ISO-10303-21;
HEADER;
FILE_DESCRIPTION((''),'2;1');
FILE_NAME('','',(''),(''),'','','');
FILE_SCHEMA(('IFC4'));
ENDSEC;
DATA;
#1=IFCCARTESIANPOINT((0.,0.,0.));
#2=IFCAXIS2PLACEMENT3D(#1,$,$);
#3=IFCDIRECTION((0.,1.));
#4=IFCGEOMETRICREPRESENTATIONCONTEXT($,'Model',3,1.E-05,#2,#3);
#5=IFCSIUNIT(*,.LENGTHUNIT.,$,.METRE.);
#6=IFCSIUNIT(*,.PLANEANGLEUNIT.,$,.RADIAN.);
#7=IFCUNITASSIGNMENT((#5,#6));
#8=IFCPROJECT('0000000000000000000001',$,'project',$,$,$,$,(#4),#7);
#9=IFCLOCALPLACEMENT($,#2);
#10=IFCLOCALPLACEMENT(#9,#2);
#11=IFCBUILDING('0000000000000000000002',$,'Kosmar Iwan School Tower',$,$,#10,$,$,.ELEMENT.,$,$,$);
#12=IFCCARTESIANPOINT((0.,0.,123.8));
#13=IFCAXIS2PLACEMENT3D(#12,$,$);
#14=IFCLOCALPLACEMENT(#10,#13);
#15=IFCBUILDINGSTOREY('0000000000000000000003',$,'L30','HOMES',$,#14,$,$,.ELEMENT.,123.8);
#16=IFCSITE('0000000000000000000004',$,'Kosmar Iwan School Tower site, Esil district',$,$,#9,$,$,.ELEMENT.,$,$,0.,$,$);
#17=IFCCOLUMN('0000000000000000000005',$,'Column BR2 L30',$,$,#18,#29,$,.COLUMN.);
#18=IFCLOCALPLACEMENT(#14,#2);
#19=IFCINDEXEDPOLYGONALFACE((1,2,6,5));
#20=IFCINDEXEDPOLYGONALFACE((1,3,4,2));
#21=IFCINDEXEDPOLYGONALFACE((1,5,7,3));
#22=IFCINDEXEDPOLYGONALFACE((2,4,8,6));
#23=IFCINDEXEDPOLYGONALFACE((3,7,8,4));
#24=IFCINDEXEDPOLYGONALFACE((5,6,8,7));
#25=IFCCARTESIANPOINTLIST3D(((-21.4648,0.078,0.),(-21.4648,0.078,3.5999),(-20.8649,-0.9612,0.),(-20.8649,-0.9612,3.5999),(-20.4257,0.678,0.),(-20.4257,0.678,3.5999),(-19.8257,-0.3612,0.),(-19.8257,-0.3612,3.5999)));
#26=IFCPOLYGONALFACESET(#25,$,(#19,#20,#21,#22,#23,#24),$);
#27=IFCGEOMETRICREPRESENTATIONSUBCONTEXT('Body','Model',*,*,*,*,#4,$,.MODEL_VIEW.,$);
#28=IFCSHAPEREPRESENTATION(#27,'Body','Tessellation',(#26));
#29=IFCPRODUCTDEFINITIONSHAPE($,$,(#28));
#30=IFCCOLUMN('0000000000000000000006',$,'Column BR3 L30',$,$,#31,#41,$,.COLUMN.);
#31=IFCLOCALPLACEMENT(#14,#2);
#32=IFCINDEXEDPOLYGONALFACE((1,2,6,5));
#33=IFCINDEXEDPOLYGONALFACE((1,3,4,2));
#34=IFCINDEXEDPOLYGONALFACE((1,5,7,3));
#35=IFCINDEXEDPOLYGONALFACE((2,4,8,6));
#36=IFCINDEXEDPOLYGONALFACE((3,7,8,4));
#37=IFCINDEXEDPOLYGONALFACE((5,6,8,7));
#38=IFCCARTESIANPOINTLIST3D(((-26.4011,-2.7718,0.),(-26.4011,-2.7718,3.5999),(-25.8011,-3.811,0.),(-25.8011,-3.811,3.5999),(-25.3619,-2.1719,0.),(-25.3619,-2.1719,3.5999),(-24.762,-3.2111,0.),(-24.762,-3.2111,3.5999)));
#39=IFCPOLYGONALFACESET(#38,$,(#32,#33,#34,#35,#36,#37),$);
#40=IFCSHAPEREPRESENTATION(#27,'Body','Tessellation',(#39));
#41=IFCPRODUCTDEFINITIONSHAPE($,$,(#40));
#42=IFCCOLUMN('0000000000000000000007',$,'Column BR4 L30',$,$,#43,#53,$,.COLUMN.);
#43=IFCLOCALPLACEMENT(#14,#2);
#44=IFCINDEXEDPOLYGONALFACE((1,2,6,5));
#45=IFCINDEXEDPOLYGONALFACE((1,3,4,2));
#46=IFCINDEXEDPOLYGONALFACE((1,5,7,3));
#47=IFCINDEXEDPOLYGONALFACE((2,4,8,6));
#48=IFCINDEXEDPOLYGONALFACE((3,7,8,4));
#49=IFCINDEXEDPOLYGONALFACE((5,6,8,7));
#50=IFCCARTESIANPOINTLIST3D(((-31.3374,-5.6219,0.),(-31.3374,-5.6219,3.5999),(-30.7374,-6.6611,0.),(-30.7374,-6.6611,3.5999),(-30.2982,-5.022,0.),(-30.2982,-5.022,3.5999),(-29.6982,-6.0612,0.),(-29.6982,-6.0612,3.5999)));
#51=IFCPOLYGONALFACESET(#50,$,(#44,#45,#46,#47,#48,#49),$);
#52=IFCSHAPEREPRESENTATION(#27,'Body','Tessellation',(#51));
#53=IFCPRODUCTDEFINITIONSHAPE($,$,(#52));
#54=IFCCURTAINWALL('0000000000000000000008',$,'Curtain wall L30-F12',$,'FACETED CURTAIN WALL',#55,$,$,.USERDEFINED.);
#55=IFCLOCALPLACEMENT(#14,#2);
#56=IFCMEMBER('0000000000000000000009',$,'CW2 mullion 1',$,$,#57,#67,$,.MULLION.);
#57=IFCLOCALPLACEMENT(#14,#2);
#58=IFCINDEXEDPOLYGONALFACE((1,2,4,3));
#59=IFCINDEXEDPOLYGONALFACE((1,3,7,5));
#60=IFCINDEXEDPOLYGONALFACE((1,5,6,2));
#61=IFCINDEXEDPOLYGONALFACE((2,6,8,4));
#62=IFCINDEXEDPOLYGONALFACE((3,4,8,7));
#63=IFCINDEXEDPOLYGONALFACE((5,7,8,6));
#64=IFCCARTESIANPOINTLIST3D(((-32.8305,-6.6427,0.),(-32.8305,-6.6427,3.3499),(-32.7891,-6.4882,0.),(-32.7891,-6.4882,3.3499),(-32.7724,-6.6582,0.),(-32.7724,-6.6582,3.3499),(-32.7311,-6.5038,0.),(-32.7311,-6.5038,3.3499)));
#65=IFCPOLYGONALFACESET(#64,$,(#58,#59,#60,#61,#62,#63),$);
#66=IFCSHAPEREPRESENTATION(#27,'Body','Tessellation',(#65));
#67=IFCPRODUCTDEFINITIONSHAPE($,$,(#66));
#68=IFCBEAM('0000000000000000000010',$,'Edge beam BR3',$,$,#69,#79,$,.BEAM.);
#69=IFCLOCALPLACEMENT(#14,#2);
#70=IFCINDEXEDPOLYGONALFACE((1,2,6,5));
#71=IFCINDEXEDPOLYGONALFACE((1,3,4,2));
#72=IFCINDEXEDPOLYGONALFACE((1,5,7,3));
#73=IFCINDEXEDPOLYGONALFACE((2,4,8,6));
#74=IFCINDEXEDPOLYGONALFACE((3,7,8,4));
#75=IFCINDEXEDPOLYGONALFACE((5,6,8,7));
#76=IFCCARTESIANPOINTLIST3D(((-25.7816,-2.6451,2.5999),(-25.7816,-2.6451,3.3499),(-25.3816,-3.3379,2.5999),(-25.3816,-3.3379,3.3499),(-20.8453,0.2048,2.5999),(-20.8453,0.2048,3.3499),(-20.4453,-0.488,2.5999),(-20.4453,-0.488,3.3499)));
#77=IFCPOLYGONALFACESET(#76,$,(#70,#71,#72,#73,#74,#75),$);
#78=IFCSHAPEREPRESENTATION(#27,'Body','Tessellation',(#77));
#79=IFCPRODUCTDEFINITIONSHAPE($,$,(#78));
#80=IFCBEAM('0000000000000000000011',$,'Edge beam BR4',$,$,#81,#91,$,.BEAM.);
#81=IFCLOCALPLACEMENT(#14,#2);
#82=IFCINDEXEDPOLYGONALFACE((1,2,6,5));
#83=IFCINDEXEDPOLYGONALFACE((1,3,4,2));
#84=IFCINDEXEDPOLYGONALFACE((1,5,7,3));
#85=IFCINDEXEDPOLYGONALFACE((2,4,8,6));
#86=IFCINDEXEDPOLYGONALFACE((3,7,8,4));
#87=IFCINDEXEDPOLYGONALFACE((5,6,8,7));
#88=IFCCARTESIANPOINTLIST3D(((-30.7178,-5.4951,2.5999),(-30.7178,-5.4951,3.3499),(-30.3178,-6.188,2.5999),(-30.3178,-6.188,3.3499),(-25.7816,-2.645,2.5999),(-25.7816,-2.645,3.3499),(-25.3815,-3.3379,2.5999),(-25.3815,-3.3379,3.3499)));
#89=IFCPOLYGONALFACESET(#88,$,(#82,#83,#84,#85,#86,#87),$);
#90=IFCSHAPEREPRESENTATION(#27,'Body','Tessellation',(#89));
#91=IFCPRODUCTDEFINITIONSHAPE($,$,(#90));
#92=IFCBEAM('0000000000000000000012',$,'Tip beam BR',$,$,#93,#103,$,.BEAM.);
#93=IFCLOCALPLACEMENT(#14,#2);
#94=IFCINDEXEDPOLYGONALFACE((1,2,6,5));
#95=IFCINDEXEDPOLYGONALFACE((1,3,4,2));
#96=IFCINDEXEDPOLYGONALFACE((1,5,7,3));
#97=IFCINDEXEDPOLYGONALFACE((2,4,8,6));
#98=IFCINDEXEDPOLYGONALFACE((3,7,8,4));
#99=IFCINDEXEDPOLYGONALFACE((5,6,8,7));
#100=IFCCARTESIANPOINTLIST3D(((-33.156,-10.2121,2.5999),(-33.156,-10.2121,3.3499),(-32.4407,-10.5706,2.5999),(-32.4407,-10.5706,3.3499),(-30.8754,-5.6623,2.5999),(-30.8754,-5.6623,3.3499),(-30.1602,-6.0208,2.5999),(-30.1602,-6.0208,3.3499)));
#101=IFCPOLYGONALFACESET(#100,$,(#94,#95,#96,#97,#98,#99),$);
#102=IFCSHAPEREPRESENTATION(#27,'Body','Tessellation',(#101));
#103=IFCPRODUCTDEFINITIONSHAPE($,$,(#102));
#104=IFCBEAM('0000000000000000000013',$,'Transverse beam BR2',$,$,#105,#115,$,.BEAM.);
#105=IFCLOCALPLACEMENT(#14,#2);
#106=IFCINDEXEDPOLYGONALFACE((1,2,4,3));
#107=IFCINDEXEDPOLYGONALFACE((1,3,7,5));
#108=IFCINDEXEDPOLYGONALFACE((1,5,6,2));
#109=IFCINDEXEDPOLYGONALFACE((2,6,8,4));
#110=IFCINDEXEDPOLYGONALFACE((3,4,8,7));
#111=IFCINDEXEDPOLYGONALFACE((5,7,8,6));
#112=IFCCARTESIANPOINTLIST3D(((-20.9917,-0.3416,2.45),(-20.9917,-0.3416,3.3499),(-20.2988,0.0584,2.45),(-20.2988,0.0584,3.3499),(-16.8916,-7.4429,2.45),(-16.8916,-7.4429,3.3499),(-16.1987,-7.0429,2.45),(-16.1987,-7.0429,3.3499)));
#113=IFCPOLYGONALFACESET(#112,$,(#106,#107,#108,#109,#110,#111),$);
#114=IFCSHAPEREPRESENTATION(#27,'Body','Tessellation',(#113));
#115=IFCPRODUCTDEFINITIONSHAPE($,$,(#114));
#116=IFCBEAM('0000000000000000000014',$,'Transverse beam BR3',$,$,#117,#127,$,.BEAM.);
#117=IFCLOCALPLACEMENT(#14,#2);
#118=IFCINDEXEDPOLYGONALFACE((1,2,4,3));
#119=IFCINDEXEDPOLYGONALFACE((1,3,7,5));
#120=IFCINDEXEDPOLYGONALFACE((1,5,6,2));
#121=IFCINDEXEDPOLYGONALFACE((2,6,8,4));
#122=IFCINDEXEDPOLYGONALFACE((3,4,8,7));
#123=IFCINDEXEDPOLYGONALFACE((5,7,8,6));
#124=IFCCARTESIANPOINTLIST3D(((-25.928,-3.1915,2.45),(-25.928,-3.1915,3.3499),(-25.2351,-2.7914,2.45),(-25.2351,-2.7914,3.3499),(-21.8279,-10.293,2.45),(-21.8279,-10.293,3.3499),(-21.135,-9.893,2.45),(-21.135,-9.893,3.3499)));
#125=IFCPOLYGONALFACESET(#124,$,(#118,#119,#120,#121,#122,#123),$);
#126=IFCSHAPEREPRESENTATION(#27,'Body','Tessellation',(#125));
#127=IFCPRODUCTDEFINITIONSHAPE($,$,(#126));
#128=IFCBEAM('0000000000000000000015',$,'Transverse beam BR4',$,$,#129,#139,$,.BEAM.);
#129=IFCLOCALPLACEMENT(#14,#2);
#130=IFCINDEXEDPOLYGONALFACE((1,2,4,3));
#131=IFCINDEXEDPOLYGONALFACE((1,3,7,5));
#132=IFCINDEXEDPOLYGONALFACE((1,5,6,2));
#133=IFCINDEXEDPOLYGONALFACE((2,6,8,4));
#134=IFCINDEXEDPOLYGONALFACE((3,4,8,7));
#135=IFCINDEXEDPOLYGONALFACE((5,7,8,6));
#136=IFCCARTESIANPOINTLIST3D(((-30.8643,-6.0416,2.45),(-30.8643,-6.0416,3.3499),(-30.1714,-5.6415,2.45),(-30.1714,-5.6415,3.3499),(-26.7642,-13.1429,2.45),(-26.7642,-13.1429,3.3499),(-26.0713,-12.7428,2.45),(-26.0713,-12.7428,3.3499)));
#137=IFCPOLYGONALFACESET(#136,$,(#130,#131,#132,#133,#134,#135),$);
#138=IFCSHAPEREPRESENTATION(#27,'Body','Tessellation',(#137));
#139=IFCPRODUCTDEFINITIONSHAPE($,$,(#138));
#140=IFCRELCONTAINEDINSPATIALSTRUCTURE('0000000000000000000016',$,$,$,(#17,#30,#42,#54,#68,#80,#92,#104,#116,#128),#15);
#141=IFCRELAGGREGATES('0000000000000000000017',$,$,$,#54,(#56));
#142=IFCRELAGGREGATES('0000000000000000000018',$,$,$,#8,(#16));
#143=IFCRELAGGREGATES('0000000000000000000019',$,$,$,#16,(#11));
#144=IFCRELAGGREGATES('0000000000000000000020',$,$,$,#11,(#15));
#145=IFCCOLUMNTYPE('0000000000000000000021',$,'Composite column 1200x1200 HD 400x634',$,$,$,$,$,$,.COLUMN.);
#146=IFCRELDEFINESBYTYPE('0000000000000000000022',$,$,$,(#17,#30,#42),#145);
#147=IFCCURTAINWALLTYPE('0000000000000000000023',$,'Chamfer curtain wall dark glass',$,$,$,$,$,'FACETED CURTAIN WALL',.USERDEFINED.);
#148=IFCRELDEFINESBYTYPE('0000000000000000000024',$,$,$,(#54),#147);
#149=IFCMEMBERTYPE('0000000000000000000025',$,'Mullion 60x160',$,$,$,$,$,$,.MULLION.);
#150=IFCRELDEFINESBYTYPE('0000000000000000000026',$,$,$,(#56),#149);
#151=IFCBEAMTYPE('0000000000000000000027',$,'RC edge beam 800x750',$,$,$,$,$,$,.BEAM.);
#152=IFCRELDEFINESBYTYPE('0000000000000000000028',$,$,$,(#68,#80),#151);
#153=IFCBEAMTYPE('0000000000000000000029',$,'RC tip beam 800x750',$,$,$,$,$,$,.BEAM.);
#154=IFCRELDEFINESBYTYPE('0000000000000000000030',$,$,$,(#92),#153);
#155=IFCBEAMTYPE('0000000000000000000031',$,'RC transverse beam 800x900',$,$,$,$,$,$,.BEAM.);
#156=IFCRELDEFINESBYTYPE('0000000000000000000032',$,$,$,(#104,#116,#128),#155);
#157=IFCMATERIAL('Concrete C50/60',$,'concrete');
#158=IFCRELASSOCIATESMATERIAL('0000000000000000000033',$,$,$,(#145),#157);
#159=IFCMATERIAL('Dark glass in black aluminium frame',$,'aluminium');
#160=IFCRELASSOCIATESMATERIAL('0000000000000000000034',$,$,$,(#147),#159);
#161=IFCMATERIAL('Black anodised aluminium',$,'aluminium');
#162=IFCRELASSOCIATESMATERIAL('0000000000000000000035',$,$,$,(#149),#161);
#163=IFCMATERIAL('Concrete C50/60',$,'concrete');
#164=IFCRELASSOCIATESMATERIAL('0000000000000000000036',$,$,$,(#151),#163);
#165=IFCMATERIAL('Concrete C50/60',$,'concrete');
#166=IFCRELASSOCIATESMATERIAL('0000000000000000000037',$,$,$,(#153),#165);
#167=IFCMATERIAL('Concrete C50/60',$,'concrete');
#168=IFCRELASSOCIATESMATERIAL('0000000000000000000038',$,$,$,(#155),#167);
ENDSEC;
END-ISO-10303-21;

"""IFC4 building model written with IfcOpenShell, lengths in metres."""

from ifc_helpers import new_model, si_unit, direction, frame, origin, origin_2d, place, context, subcontext, project, spatial, rectangle, extrude, material, material_profile, profile_set, type_object, element, aggregate, save


model = new_model("IFC4")

# Units and contexts
model_context = context("Model", 3, precision=1e-05, world=origin(), true_north=direction((0.0, 1.0)))
body_context = subcontext(model_context, "Body", "Model", "MODEL_VIEW")
ifc_project = project(units=[si_unit("LENGTHUNIT", "METRE"), si_unit("PLANEANGLEUNIT", "RADIAN")], contexts=[model_context])

# Site, building, storey
site_placement = place(None, origin())
site = spatial("IfcSite", under=ifc_project, at=site_placement, Name="Kosmar Iwan School Tower site, Esil district", CompositionType="ELEMENT", RefElevation=0.0)
building_placement = place(site_placement, origin())
building = spatial("IfcBuilding", under=site, at=building_placement, Name="Kosmar Iwan School Tower", CompositionType="ELEMENT")
storey_placement = place(building_placement, frame((0.0, 0.0, 123.8)))
storey = spatial("IfcBuildingStorey", under=building, at=storey_placement, Name="L30", Description="HOMES", CompositionType="ELEMENT", Elevation=123.8)

# Columns
ifc_material_1 = material(Name="Concrete C50/60", Category="concrete")
ifc_material_profile_1 = material_profile(ifc_material_1, rectangle(XDim=1.2, YDim=1.2, at=origin_2d()), Name="RC 1200x1200 + HD 400x634")
ifc_profile_set_1 = profile_set([ifc_material_profile_1], Name="Concrete C50/60")
column_type = type_object("IfcColumnType", Name="Composite column 1200x1200 HD 400x634", PredefinedType="COLUMN", material=ifc_profile_set_1)
for number, where, z_axis, x_axis, name in (
    (1, (-20.6453, -0.1416, 0.0), (0.0, 0.0, 1.0), (-0.866025, -0.5, 0.0), "Column BR2 L30"),
    (2, (-25.5815, -2.9915, 0.0), (0.0, 0.0, 1.0), (-0.866025, -0.5, 0.0), "Column BR3 L30"),
    (3, (-30.5178, -5.8416, 0.0), (0.0, 0.0, 1.0), (-0.866025, -0.5, 0.0), "Column BR4 L30"),
):
    element("IfcColumn", number, at=place(storey_placement, frame(where, z_axis=z_axis, x_axis=x_axis)), inside=storey, type_object=column_type, Name=name, PredefinedType="COLUMN", context=body_context, shape_type="SweptSolid", body=[
        extrude(rectangle(XDim=1.2, YDim=1.2, at=origin_2d()), origin(), (0.0, 0.0, 1.0), 3.5999),
    ])

# Curtain wall, member
ifc_material_2 = material(Name="Dark glass in black aluminium frame", Category="aluminium")
curtain_wall_type = type_object("IfcCurtainWallType", Name="Chamfer curtain wall dark glass", ElementType="FACETED CURTAIN WALL", PredefinedType="USERDEFINED", material=ifc_material_2)
curtain_wall_placement = place(storey_placement, origin())
curtain_wall = element("IfcCurtainWall", 4, at=curtain_wall_placement, inside=storey, type_object=curtain_wall_type, Name="Curtain wall L30-F12", ObjectType="FACETED CURTAIN WALL", PredefinedType="USERDEFINED")
ifc_material_3 = material(Name="Black anodised aluminium", Category="aluminium")
ifc_material_profile_2 = material_profile(ifc_material_3, rectangle(XDim=0.0601, YDim=0.1599, at=origin_2d()), Name="MULLION 60x160")
ifc_profile_set_2 = profile_set([ifc_material_profile_2], Name="Black anodised aluminium")
member_type = type_object("IfcMemberType", Name="Mullion 60x160", PredefinedType="MULLION", material=ifc_profile_set_2)
member_placement = place(storey_placement, frame((-32.7808, -6.5732, 0.0), z_axis=(0.0, 0.0, 1.0), x_axis=(0.965926, -0.258819, 0.0)))
member = element("IfcMember", 5, at=member_placement, type_object=member_type, Name="CW2 mullion 1", PredefinedType="MULLION", context=body_context, shape_type="SweptSolid", body=[
    extrude(rectangle(XDim=0.0601, YDim=0.1599, at=origin_2d()), origin(), (0.0, 0.0, 1.0), 3.3499),
])
aggregate(curtain_wall, [member])

# Beams
ifc_material_4 = material(Name="Concrete C50/60", Category="concrete")
ifc_material_profile_3 = material_profile(ifc_material_4, rectangle(XDim=0.8, YDim=0.75, at=origin_2d()), Name="RC 800x750")
ifc_profile_set_3 = profile_set([ifc_material_profile_3], Name="Concrete C50/60")
beam_type_1 = type_object("IfcBeamType", Name="RC edge beam 800x750", PredefinedType="BEAM", material=ifc_profile_set_3)
for number, where, z_axis, x_axis, name in (
    (6, (-20.6453, -0.1416, 2.9749), (-0.866034, -0.499986, 0.0), (0.499986, -0.866034, 0.0), "Edge beam BR3"),
    (7, (-25.5815, -2.9915, 2.9749), (-0.866015, -0.500018, 0.0), (0.500018, -0.866015, 0.0), "Edge beam BR4"),
):
    element("IfcBeam", number, at=place(storey_placement, frame(where, z_axis=z_axis, x_axis=x_axis)), inside=storey, type_object=beam_type_1, Name=name, PredefinedType="BEAM", context=body_context, shape_type="SweptSolid", body=[
        extrude(rectangle(XDim=0.8, YDim=0.75, at=origin_2d()), origin(), (0.0, 0.0, 1.0), 5.7),
    ])
ifc_material_5 = material(Name="Concrete C50/60", Category="concrete")
ifc_material_profile_4 = material_profile(ifc_material_5, rectangle(XDim=0.8, YDim=0.75, at=origin_2d()), Name="RC 800x750")
ifc_profile_set_4 = profile_set([ifc_material_profile_4], Name="Concrete C50/60")
beam_type_2 = type_object("IfcBeamType", Name="RC tip beam 800x750", PredefinedType="BEAM", material=ifc_profile_set_4)
beam_1_placement = place(storey_placement, frame((-30.5178, -5.8416, 2.9749), z_axis=(-0.448096, -0.893985, 0.0), x_axis=(0.893985, -0.448096, 0.0)))
element("IfcBeam", 8, at=beam_1_placement, inside=storey, type_object=beam_type_2, Name="Tip beam BR", PredefinedType="BEAM", context=body_context, shape_type="SweptSolid", body=[
    extrude(rectangle(XDim=0.8, YDim=0.75, at=origin_2d()), origin(), (0.0, 0.0, 1.0), 5.0894),
])
ifc_material_6 = material(Name="Concrete C50/60", Category="concrete")
ifc_material_profile_5 = material_profile(ifc_material_6, rectangle(XDim=0.8, YDim=0.8999, at=origin_2d()), Name="RC 800x900")
ifc_profile_set_5 = profile_set([ifc_material_profile_5], Name="Concrete C50/60")
beam_type_3 = type_object("IfcBeamType", Name="RC transverse beam 800x900", PredefinedType="BEAM", material=ifc_profile_set_5)
beam_2_placement = place(storey_placement, frame((-20.6453, -0.1416, 2.8999), z_axis=(0.500014, -0.866018, 0.0), x_axis=(0.866018, 0.500014, 0.0)))
element("IfcBeam", 9, at=beam_2_placement, inside=storey, type_object=beam_type_3, Name="Transverse beam BR2", PredefinedType="BEAM", context=body_context, shape_type="SweptSolid", body=[
    extrude(rectangle(XDim=0.8, YDim=0.8999, at=origin_2d()), origin(), (0.0, 0.0, 1.0), 8.2),
])
beam_3_placement = place(storey_placement, frame((-25.5815, -2.9915, 2.8999), z_axis=(0.500001, -0.866025, 0.0), x_axis=(0.866025, 0.500001, 0.0)))
element("IfcBeam", 10, at=beam_3_placement, inside=storey, type_object=beam_type_3, Name="Transverse beam BR3", PredefinedType="BEAM", context=body_context, shape_type="SweptSolid", body=[
    extrude(rectangle(XDim=0.8, YDim=0.8999, at=origin_2d()), origin(), (0.0, 0.0, 1.0), 8.2002),
])
beam_4_placement = place(storey_placement, frame((-30.5178, -5.8416, 2.8999), z_axis=(0.500014, -0.866018, 0.0), x_axis=(0.866018, 0.500014, 0.0)))
element("IfcBeam", 11, at=beam_4_placement, inside=storey, type_object=beam_type_3, Name="Transverse beam BR4", PredefinedType="BEAM", context=body_context, shape_type="SweptSolid", body=[
    extrude(rectangle(XDim=0.8, YDim=0.8999, at=origin_2d()), origin(), (0.0, 0.0, 1.0), 8.2),
])

save(model, "model.ifc")
